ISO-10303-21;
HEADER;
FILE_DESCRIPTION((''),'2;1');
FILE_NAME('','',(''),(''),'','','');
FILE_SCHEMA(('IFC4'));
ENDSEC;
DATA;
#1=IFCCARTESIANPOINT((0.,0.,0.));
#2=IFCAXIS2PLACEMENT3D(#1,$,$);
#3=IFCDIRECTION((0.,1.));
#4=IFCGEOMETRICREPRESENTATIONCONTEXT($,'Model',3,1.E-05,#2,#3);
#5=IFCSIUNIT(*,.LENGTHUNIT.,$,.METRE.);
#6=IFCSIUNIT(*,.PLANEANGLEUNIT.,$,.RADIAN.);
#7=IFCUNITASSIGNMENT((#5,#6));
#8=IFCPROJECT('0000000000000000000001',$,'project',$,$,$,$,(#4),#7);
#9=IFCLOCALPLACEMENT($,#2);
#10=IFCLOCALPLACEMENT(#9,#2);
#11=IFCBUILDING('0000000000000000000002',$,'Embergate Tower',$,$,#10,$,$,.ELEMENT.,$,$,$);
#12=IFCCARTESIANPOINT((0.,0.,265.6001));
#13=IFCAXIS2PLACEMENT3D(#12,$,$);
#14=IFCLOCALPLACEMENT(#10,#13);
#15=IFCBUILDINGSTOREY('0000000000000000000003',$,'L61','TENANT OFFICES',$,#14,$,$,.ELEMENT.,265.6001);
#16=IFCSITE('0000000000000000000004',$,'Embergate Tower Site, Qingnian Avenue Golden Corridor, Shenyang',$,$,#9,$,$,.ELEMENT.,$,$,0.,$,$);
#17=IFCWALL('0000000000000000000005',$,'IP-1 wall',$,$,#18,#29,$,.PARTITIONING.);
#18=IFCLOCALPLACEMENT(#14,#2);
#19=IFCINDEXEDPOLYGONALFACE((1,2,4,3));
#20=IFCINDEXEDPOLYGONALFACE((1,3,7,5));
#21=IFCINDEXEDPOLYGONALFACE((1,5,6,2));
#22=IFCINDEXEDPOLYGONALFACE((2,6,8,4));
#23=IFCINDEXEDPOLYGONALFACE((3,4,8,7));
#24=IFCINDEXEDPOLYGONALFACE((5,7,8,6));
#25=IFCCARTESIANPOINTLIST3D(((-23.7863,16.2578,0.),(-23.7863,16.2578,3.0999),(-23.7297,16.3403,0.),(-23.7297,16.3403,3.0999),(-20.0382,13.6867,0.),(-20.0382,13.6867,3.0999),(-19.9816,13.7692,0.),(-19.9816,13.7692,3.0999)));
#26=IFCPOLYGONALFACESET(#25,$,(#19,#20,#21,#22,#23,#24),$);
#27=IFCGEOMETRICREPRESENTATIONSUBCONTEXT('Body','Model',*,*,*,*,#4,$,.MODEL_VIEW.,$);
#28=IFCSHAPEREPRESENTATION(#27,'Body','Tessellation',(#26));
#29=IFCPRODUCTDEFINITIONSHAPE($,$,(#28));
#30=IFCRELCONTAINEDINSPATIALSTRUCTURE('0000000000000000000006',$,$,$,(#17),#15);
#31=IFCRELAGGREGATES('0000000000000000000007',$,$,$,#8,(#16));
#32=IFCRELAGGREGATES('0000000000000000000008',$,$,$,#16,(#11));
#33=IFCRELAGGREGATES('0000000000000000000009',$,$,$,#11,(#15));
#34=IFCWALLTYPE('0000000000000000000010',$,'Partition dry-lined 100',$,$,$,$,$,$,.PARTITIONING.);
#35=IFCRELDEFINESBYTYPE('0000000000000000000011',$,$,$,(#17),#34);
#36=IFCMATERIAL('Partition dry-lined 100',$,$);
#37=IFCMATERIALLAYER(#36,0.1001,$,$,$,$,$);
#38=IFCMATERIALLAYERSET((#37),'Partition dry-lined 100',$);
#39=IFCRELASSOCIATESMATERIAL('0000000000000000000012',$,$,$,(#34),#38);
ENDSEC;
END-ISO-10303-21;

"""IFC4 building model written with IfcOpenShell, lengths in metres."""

from ifc_helpers import new_model, si_unit, direction, frame, frame_2d, origin, place, context, subcontext, project, spatial, rectangle, extrude, source, transform, mapped, material, layer, layer_set, type_object, element, save


model = new_model("IFC4")

# Units and contexts
model_context = context("Model", 3, precision=1e-05, world=origin(), true_north=direction((0.0, 1.0)))
body_context = subcontext(model_context, "Body", "Model", "MODEL_VIEW")
ifc_project = project(units=[si_unit("LENGTHUNIT", "METRE"), si_unit("PLANEANGLEUNIT", "RADIAN")], contexts=[model_context])

# Site, building, storey
site_placement = place(None, origin())
site = spatial("IfcSite", under=ifc_project, at=site_placement, Name="Embergate Tower Site, Qingnian Avenue Golden Corridor, Shenyang", CompositionType="ELEMENT", RefElevation=0.0)
building_placement = place(site_placement, origin())
building = spatial("IfcBuilding", under=site, at=building_placement, Name="Embergate Tower", CompositionType="ELEMENT")
storey_placement = place(building_placement, frame((0.0, 0.0, 265.6001)))
storey = spatial("IfcBuildingStorey", under=building, at=storey_placement, Name="L61", Description="TENANT OFFICES", CompositionType="ELEMENT", Elevation=265.6001)

# Wall
ifc_material_1 = material(Name="Partition dry-lined 100")
ifc_layer_1 = layer(ifc_material_1, 0.1001)
ifc_layer_set_1 = layer_set([ifc_layer_1], Name="Partition dry-lined 100")
wall_type = type_object("IfcWallType", Name="Partition dry-lined 100", PredefinedType="PARTITIONING", material=ifc_layer_set_1)
shared_shape_1 = source(origin(), body_context, "Body", "SweptSolid", [
    extrude(rectangle(XDim=4.5452, YDim=0.1001, at=frame_2d((2.2725, 0.0))), origin(), (0.0, 0.0, 1.0), 3.0999),
])
wall_1_placement = place(storey_placement, frame((-20.01, 13.728, 0.0), z_axis=(0.0, 0.0, 1.0), x_axis=(-0.824631, 0.565671, 0.0)))
element("IfcWall", 1, at=wall_1_placement, inside=storey, type_object=wall_type, Name="IP-1 wall", PredefinedType="PARTITIONING", context=body_context, shape_type="MappedRepresentation", body=[
    mapped(shared_shape_1, transform((0.0, 0.0, 0.0))),
])

save(model, "model.ifc")
